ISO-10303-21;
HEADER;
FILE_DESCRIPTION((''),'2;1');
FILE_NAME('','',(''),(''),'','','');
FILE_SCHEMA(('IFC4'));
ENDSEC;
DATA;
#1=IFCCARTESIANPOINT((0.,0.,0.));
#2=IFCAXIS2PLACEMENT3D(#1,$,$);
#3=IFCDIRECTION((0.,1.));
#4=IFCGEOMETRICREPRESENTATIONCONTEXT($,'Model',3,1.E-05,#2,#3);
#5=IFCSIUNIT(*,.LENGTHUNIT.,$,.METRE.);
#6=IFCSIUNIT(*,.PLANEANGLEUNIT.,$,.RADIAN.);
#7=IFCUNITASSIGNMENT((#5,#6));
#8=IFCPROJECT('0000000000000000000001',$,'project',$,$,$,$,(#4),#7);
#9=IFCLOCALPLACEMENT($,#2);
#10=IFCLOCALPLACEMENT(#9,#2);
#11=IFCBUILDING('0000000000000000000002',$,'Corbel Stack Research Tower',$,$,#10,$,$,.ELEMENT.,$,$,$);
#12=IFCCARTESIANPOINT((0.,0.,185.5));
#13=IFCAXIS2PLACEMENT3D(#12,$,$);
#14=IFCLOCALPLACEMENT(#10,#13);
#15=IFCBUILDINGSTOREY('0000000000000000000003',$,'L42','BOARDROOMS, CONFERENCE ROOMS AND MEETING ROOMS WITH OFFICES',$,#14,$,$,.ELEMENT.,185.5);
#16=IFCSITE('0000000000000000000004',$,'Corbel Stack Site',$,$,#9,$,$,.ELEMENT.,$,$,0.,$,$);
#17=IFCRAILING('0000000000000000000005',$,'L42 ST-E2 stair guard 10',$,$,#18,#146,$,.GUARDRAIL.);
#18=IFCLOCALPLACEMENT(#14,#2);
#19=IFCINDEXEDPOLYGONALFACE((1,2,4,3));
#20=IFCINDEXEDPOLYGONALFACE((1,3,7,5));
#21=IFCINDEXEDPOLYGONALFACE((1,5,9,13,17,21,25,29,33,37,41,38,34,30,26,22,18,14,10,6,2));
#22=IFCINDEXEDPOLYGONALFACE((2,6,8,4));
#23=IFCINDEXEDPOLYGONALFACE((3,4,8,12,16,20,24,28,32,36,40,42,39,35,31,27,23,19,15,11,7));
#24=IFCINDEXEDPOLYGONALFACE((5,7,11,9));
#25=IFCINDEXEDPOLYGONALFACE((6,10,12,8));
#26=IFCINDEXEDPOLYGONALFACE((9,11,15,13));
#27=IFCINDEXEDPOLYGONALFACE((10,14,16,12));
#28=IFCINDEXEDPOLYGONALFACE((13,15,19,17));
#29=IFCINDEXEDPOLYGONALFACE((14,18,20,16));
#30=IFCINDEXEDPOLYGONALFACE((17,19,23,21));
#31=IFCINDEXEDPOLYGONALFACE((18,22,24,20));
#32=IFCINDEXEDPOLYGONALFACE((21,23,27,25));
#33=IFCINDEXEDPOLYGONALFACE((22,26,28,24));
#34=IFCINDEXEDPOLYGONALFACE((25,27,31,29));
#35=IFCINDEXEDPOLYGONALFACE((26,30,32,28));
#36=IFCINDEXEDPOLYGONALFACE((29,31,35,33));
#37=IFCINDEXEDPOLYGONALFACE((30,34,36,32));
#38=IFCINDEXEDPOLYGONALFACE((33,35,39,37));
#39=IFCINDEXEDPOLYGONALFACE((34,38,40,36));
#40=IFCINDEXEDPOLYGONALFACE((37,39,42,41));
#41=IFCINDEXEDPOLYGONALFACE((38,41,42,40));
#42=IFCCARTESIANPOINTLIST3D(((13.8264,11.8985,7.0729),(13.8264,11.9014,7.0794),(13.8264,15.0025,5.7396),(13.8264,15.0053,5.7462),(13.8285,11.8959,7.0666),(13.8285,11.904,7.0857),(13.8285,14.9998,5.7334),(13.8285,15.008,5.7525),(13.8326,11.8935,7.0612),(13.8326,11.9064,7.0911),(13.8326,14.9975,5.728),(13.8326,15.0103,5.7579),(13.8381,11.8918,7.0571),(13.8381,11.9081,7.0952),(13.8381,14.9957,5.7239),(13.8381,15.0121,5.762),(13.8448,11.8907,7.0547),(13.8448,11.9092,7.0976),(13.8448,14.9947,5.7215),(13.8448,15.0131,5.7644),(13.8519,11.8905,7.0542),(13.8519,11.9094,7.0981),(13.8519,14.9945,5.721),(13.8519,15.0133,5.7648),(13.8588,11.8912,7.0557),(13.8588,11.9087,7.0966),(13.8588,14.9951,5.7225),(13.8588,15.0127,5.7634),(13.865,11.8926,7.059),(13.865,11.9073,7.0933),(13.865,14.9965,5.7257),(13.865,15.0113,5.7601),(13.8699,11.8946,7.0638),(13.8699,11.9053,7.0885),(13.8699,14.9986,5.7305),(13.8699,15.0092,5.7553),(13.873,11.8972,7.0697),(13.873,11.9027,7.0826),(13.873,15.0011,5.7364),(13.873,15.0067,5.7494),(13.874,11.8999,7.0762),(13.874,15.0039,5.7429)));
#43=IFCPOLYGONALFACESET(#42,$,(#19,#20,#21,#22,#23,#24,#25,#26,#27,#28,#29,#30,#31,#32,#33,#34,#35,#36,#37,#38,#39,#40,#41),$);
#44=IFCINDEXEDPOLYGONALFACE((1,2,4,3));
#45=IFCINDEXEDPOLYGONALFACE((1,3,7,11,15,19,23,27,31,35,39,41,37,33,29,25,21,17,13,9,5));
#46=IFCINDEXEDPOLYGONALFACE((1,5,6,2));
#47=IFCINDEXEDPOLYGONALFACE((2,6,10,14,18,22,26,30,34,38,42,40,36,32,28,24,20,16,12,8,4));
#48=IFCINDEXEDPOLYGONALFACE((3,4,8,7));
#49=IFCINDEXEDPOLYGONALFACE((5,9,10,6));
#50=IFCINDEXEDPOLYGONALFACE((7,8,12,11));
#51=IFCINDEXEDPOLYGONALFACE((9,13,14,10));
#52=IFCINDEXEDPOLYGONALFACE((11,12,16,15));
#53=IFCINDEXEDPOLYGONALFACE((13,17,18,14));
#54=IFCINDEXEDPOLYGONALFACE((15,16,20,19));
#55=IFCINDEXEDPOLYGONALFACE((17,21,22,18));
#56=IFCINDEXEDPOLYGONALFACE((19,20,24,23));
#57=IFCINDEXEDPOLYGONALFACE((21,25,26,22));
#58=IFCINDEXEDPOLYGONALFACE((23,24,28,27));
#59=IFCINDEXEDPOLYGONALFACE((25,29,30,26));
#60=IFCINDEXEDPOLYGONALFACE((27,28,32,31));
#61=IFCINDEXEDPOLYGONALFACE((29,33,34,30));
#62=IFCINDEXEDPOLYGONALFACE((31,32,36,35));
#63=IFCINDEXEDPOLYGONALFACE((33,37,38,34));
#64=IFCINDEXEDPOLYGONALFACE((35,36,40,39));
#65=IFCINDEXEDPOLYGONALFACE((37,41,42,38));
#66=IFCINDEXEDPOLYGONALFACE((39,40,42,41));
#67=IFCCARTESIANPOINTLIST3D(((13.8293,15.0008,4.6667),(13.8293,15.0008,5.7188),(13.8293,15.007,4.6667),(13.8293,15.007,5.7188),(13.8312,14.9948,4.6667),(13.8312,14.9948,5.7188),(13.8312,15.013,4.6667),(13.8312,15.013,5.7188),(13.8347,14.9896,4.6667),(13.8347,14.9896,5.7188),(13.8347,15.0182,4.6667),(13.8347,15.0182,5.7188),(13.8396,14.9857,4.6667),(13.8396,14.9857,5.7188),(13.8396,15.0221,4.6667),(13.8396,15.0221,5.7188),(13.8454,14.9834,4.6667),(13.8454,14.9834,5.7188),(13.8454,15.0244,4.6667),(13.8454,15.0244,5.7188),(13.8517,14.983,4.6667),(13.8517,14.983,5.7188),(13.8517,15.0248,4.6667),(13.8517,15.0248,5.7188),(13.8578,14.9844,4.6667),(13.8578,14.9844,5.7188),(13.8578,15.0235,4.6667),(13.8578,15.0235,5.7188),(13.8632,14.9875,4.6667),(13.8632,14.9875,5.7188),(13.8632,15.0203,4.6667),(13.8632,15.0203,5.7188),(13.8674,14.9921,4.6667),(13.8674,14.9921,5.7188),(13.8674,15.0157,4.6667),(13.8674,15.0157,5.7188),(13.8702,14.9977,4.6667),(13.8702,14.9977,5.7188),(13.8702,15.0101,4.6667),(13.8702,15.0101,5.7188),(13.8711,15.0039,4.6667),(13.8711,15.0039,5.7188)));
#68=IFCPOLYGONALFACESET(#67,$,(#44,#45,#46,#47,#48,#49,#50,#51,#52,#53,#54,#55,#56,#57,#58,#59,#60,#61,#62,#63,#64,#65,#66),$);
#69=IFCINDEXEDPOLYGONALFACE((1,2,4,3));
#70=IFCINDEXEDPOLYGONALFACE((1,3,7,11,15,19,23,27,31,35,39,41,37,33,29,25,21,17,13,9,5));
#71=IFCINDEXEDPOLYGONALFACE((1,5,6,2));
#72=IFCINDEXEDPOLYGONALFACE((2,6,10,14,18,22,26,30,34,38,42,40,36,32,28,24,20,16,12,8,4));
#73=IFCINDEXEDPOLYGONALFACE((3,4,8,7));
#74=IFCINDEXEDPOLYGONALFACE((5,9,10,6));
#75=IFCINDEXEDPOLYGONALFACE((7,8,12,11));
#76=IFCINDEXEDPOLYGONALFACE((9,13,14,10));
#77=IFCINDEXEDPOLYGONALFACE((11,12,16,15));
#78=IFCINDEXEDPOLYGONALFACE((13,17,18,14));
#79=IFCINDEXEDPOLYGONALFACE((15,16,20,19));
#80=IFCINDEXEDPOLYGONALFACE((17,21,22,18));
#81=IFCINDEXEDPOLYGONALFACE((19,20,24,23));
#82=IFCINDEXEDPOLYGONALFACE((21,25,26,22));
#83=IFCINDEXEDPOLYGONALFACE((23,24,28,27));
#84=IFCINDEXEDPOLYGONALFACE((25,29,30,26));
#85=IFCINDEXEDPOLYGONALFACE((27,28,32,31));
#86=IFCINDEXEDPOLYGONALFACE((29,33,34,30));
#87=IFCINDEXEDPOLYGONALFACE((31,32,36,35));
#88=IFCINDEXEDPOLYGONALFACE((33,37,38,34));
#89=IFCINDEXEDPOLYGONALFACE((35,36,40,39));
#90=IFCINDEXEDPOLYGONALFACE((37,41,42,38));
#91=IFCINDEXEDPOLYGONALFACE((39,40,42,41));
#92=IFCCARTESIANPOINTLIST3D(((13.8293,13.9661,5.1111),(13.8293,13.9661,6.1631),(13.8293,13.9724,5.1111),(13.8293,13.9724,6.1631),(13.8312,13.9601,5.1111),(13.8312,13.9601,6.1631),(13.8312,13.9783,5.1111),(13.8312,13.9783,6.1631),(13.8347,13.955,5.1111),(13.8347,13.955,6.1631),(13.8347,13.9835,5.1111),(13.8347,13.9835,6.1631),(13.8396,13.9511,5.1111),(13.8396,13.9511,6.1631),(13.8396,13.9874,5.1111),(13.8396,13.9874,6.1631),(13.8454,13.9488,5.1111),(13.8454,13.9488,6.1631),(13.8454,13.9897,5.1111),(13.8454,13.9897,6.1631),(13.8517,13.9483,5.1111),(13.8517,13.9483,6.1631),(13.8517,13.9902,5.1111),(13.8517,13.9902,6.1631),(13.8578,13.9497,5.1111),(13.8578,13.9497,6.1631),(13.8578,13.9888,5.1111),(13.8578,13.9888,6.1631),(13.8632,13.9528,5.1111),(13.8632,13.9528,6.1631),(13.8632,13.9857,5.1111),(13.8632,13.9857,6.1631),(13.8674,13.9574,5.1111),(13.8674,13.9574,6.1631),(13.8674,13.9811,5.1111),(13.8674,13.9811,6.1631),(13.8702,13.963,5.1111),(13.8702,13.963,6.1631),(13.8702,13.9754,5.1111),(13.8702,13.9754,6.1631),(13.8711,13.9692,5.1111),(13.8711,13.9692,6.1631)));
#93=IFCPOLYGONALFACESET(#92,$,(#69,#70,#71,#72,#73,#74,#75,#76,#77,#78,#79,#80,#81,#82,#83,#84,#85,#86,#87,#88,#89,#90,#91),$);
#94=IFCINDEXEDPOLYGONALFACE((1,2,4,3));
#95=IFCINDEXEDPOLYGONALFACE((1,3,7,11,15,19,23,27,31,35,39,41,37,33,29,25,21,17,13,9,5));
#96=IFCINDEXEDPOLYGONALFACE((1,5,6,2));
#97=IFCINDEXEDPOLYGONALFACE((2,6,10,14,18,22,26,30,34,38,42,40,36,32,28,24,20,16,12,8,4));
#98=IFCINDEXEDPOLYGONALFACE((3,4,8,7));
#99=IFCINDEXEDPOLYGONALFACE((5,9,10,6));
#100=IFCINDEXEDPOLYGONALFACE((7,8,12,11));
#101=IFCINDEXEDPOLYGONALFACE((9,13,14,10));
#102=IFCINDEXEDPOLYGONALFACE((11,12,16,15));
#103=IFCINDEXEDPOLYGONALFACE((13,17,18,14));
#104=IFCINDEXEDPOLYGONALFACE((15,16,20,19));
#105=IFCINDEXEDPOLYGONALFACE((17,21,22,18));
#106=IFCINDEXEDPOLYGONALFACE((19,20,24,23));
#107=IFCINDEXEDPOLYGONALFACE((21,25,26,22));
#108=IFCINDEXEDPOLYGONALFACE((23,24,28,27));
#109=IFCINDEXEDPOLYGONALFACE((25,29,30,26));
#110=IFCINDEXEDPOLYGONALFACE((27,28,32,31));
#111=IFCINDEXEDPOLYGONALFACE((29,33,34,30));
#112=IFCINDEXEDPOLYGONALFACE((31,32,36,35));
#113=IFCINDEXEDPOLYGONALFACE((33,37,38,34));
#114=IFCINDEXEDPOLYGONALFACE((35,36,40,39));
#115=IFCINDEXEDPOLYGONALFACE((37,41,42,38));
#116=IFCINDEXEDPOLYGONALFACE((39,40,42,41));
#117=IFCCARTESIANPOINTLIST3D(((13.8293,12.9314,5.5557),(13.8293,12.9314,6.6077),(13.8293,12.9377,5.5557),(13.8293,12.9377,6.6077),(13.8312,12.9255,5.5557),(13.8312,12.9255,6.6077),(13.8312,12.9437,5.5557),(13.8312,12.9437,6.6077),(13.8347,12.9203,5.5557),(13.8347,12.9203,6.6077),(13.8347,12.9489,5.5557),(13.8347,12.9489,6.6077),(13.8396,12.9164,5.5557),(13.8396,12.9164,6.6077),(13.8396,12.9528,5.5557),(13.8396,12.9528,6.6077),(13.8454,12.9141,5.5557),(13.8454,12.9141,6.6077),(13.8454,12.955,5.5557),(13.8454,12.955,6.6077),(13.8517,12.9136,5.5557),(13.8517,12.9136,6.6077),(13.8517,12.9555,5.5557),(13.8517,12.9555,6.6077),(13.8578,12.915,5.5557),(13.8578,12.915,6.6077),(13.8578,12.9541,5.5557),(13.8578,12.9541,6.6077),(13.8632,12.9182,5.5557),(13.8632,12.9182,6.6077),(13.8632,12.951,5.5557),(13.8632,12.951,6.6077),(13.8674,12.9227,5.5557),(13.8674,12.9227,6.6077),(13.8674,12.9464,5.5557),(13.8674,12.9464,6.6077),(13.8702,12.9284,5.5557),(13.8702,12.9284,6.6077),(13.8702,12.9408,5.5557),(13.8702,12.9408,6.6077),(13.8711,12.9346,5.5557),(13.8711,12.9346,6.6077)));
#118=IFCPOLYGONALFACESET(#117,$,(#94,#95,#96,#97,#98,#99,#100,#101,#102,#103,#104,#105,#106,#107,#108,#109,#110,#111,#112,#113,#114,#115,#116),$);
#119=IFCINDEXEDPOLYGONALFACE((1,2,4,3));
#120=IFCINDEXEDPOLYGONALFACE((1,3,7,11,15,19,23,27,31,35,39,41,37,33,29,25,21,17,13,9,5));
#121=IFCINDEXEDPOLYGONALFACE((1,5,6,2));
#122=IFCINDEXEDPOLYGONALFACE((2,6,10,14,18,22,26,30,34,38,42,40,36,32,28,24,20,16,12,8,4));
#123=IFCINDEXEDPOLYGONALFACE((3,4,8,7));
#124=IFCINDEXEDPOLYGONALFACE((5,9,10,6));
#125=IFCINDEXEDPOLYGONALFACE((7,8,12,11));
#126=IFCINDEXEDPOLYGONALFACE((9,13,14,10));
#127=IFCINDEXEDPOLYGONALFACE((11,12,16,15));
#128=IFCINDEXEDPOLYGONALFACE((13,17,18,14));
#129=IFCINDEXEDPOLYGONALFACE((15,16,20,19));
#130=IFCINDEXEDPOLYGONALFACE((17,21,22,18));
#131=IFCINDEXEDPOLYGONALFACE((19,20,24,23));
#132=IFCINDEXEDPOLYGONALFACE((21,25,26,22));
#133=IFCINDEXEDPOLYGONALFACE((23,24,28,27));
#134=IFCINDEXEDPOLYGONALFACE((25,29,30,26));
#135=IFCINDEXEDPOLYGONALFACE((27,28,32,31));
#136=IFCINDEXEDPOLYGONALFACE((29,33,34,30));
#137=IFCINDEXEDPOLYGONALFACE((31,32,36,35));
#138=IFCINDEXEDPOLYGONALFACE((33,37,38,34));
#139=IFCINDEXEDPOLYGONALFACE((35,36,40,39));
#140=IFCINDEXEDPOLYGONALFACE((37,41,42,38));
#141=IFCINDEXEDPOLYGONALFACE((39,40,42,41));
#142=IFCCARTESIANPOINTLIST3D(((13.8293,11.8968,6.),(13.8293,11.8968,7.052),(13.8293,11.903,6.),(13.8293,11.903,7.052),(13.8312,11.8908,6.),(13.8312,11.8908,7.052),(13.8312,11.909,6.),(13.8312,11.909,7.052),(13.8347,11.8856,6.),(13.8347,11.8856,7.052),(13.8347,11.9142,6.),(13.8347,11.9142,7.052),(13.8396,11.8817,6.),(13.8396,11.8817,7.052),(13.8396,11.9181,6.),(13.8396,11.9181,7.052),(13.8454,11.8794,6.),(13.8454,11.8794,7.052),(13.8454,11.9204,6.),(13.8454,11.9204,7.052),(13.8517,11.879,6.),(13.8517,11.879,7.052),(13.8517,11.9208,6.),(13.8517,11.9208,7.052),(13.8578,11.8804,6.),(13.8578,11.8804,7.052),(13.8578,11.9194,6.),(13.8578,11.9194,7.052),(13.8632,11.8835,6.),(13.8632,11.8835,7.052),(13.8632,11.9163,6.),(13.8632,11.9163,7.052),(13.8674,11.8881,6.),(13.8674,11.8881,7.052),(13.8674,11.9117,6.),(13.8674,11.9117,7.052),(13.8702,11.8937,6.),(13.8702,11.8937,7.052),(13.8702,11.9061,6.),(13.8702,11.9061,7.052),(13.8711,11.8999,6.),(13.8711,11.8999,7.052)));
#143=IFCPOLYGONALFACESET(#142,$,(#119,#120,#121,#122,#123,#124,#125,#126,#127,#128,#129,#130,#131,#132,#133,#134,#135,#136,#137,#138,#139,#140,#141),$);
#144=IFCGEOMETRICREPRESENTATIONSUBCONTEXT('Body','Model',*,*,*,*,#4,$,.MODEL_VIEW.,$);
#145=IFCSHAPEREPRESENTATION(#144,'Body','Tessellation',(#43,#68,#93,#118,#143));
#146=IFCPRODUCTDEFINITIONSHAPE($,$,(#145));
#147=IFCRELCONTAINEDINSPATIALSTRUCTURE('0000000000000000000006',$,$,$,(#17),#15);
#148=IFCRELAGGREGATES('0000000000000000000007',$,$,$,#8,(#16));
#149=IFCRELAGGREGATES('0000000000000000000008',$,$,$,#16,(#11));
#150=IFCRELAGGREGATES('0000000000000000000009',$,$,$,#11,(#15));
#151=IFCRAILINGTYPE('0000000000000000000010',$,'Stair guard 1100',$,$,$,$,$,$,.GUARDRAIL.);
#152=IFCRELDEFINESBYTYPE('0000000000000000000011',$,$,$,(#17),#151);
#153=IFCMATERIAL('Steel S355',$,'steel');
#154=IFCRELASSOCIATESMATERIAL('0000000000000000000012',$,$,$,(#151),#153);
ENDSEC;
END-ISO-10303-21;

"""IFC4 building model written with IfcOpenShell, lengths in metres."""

from ifc_helpers import new_model, si_unit, direction, frame, origin, origin_2d, place, context, subcontext, project, spatial, circle, extrude, material, type_object, element, save


model = new_model("IFC4")

# Units and contexts
model_context = context("Model", 3, precision=1e-05, world=origin(), true_north=direction((0.0, 1.0)))
body_context = subcontext(model_context, "Body", "Model", "MODEL_VIEW")
ifc_project = project(units=[si_unit("LENGTHUNIT", "METRE"), si_unit("PLANEANGLEUNIT", "RADIAN")], contexts=[model_context])

# Site, building, storey
site_placement = place(None, origin())
site = spatial("IfcSite", under=ifc_project, at=site_placement, Name="Corbel Stack Site", CompositionType="ELEMENT", RefElevation=0.0)
building_placement = place(site_placement, origin())
building = spatial("IfcBuilding", under=site, at=building_placement, Name="Corbel Stack Research Tower", CompositionType="ELEMENT")
storey_placement = place(building_placement, frame((0.0, 0.0, 185.5)))
storey = spatial("IfcBuildingStorey", under=building, at=storey_placement, Name="L42", Description="BOARDROOMS, CONFERENCE ROOMS AND MEETING ROOMS WITH OFFICES", CompositionType="ELEMENT", Elevation=185.5)

# Railing
ifc_material_1 = material(Name="Steel S355", Category="steel")
railing_type_1 = type_object("IfcRailingType", Name="Stair guard 1100", PredefinedType="GUARDRAIL", material=ifc_material_1)
railing_1_placement = place(storey_placement, frame((13.8501, 15.0039, 4.6667)))
element("IfcRailing", 1, at=railing_1_placement, inside=storey, type_object=railing_type_1, Name="L42 ST-E2 stair guard 10", PredefinedType="GUARDRAIL", context=body_context, shape_type="SweptSolid", body=[
    extrude(circle(Radius=0.0239, at=origin_2d()), frame((0.0, 0.0, 1.0762), z_axis=(0.0, -0.918827, 0.394661), x_axis=(1.0, 0.0, 0.0)), (0.0, 0.0, 1.0), 3.3782),
    extrude(circle(Radius=0.021, at=origin_2d()), origin(), (0.0, 0.0, 1.0), 1.052),
    extrude(circle(Radius=0.021, at=origin_2d()), frame((0.0, -1.0347, 0.4443)), (0.0, 0.0, 1.0), 1.052),
    extrude(circle(Radius=0.021, at=origin_2d()), frame((0.0, -2.0693, 0.8889)), (0.0, 0.0, 1.0), 1.052),
    extrude(circle(Radius=0.021, at=origin_2d()), frame((0.0, -3.104, 1.3333)), (0.0, 0.0, 1.0), 1.052),
])

save(model, "model.ifc")
